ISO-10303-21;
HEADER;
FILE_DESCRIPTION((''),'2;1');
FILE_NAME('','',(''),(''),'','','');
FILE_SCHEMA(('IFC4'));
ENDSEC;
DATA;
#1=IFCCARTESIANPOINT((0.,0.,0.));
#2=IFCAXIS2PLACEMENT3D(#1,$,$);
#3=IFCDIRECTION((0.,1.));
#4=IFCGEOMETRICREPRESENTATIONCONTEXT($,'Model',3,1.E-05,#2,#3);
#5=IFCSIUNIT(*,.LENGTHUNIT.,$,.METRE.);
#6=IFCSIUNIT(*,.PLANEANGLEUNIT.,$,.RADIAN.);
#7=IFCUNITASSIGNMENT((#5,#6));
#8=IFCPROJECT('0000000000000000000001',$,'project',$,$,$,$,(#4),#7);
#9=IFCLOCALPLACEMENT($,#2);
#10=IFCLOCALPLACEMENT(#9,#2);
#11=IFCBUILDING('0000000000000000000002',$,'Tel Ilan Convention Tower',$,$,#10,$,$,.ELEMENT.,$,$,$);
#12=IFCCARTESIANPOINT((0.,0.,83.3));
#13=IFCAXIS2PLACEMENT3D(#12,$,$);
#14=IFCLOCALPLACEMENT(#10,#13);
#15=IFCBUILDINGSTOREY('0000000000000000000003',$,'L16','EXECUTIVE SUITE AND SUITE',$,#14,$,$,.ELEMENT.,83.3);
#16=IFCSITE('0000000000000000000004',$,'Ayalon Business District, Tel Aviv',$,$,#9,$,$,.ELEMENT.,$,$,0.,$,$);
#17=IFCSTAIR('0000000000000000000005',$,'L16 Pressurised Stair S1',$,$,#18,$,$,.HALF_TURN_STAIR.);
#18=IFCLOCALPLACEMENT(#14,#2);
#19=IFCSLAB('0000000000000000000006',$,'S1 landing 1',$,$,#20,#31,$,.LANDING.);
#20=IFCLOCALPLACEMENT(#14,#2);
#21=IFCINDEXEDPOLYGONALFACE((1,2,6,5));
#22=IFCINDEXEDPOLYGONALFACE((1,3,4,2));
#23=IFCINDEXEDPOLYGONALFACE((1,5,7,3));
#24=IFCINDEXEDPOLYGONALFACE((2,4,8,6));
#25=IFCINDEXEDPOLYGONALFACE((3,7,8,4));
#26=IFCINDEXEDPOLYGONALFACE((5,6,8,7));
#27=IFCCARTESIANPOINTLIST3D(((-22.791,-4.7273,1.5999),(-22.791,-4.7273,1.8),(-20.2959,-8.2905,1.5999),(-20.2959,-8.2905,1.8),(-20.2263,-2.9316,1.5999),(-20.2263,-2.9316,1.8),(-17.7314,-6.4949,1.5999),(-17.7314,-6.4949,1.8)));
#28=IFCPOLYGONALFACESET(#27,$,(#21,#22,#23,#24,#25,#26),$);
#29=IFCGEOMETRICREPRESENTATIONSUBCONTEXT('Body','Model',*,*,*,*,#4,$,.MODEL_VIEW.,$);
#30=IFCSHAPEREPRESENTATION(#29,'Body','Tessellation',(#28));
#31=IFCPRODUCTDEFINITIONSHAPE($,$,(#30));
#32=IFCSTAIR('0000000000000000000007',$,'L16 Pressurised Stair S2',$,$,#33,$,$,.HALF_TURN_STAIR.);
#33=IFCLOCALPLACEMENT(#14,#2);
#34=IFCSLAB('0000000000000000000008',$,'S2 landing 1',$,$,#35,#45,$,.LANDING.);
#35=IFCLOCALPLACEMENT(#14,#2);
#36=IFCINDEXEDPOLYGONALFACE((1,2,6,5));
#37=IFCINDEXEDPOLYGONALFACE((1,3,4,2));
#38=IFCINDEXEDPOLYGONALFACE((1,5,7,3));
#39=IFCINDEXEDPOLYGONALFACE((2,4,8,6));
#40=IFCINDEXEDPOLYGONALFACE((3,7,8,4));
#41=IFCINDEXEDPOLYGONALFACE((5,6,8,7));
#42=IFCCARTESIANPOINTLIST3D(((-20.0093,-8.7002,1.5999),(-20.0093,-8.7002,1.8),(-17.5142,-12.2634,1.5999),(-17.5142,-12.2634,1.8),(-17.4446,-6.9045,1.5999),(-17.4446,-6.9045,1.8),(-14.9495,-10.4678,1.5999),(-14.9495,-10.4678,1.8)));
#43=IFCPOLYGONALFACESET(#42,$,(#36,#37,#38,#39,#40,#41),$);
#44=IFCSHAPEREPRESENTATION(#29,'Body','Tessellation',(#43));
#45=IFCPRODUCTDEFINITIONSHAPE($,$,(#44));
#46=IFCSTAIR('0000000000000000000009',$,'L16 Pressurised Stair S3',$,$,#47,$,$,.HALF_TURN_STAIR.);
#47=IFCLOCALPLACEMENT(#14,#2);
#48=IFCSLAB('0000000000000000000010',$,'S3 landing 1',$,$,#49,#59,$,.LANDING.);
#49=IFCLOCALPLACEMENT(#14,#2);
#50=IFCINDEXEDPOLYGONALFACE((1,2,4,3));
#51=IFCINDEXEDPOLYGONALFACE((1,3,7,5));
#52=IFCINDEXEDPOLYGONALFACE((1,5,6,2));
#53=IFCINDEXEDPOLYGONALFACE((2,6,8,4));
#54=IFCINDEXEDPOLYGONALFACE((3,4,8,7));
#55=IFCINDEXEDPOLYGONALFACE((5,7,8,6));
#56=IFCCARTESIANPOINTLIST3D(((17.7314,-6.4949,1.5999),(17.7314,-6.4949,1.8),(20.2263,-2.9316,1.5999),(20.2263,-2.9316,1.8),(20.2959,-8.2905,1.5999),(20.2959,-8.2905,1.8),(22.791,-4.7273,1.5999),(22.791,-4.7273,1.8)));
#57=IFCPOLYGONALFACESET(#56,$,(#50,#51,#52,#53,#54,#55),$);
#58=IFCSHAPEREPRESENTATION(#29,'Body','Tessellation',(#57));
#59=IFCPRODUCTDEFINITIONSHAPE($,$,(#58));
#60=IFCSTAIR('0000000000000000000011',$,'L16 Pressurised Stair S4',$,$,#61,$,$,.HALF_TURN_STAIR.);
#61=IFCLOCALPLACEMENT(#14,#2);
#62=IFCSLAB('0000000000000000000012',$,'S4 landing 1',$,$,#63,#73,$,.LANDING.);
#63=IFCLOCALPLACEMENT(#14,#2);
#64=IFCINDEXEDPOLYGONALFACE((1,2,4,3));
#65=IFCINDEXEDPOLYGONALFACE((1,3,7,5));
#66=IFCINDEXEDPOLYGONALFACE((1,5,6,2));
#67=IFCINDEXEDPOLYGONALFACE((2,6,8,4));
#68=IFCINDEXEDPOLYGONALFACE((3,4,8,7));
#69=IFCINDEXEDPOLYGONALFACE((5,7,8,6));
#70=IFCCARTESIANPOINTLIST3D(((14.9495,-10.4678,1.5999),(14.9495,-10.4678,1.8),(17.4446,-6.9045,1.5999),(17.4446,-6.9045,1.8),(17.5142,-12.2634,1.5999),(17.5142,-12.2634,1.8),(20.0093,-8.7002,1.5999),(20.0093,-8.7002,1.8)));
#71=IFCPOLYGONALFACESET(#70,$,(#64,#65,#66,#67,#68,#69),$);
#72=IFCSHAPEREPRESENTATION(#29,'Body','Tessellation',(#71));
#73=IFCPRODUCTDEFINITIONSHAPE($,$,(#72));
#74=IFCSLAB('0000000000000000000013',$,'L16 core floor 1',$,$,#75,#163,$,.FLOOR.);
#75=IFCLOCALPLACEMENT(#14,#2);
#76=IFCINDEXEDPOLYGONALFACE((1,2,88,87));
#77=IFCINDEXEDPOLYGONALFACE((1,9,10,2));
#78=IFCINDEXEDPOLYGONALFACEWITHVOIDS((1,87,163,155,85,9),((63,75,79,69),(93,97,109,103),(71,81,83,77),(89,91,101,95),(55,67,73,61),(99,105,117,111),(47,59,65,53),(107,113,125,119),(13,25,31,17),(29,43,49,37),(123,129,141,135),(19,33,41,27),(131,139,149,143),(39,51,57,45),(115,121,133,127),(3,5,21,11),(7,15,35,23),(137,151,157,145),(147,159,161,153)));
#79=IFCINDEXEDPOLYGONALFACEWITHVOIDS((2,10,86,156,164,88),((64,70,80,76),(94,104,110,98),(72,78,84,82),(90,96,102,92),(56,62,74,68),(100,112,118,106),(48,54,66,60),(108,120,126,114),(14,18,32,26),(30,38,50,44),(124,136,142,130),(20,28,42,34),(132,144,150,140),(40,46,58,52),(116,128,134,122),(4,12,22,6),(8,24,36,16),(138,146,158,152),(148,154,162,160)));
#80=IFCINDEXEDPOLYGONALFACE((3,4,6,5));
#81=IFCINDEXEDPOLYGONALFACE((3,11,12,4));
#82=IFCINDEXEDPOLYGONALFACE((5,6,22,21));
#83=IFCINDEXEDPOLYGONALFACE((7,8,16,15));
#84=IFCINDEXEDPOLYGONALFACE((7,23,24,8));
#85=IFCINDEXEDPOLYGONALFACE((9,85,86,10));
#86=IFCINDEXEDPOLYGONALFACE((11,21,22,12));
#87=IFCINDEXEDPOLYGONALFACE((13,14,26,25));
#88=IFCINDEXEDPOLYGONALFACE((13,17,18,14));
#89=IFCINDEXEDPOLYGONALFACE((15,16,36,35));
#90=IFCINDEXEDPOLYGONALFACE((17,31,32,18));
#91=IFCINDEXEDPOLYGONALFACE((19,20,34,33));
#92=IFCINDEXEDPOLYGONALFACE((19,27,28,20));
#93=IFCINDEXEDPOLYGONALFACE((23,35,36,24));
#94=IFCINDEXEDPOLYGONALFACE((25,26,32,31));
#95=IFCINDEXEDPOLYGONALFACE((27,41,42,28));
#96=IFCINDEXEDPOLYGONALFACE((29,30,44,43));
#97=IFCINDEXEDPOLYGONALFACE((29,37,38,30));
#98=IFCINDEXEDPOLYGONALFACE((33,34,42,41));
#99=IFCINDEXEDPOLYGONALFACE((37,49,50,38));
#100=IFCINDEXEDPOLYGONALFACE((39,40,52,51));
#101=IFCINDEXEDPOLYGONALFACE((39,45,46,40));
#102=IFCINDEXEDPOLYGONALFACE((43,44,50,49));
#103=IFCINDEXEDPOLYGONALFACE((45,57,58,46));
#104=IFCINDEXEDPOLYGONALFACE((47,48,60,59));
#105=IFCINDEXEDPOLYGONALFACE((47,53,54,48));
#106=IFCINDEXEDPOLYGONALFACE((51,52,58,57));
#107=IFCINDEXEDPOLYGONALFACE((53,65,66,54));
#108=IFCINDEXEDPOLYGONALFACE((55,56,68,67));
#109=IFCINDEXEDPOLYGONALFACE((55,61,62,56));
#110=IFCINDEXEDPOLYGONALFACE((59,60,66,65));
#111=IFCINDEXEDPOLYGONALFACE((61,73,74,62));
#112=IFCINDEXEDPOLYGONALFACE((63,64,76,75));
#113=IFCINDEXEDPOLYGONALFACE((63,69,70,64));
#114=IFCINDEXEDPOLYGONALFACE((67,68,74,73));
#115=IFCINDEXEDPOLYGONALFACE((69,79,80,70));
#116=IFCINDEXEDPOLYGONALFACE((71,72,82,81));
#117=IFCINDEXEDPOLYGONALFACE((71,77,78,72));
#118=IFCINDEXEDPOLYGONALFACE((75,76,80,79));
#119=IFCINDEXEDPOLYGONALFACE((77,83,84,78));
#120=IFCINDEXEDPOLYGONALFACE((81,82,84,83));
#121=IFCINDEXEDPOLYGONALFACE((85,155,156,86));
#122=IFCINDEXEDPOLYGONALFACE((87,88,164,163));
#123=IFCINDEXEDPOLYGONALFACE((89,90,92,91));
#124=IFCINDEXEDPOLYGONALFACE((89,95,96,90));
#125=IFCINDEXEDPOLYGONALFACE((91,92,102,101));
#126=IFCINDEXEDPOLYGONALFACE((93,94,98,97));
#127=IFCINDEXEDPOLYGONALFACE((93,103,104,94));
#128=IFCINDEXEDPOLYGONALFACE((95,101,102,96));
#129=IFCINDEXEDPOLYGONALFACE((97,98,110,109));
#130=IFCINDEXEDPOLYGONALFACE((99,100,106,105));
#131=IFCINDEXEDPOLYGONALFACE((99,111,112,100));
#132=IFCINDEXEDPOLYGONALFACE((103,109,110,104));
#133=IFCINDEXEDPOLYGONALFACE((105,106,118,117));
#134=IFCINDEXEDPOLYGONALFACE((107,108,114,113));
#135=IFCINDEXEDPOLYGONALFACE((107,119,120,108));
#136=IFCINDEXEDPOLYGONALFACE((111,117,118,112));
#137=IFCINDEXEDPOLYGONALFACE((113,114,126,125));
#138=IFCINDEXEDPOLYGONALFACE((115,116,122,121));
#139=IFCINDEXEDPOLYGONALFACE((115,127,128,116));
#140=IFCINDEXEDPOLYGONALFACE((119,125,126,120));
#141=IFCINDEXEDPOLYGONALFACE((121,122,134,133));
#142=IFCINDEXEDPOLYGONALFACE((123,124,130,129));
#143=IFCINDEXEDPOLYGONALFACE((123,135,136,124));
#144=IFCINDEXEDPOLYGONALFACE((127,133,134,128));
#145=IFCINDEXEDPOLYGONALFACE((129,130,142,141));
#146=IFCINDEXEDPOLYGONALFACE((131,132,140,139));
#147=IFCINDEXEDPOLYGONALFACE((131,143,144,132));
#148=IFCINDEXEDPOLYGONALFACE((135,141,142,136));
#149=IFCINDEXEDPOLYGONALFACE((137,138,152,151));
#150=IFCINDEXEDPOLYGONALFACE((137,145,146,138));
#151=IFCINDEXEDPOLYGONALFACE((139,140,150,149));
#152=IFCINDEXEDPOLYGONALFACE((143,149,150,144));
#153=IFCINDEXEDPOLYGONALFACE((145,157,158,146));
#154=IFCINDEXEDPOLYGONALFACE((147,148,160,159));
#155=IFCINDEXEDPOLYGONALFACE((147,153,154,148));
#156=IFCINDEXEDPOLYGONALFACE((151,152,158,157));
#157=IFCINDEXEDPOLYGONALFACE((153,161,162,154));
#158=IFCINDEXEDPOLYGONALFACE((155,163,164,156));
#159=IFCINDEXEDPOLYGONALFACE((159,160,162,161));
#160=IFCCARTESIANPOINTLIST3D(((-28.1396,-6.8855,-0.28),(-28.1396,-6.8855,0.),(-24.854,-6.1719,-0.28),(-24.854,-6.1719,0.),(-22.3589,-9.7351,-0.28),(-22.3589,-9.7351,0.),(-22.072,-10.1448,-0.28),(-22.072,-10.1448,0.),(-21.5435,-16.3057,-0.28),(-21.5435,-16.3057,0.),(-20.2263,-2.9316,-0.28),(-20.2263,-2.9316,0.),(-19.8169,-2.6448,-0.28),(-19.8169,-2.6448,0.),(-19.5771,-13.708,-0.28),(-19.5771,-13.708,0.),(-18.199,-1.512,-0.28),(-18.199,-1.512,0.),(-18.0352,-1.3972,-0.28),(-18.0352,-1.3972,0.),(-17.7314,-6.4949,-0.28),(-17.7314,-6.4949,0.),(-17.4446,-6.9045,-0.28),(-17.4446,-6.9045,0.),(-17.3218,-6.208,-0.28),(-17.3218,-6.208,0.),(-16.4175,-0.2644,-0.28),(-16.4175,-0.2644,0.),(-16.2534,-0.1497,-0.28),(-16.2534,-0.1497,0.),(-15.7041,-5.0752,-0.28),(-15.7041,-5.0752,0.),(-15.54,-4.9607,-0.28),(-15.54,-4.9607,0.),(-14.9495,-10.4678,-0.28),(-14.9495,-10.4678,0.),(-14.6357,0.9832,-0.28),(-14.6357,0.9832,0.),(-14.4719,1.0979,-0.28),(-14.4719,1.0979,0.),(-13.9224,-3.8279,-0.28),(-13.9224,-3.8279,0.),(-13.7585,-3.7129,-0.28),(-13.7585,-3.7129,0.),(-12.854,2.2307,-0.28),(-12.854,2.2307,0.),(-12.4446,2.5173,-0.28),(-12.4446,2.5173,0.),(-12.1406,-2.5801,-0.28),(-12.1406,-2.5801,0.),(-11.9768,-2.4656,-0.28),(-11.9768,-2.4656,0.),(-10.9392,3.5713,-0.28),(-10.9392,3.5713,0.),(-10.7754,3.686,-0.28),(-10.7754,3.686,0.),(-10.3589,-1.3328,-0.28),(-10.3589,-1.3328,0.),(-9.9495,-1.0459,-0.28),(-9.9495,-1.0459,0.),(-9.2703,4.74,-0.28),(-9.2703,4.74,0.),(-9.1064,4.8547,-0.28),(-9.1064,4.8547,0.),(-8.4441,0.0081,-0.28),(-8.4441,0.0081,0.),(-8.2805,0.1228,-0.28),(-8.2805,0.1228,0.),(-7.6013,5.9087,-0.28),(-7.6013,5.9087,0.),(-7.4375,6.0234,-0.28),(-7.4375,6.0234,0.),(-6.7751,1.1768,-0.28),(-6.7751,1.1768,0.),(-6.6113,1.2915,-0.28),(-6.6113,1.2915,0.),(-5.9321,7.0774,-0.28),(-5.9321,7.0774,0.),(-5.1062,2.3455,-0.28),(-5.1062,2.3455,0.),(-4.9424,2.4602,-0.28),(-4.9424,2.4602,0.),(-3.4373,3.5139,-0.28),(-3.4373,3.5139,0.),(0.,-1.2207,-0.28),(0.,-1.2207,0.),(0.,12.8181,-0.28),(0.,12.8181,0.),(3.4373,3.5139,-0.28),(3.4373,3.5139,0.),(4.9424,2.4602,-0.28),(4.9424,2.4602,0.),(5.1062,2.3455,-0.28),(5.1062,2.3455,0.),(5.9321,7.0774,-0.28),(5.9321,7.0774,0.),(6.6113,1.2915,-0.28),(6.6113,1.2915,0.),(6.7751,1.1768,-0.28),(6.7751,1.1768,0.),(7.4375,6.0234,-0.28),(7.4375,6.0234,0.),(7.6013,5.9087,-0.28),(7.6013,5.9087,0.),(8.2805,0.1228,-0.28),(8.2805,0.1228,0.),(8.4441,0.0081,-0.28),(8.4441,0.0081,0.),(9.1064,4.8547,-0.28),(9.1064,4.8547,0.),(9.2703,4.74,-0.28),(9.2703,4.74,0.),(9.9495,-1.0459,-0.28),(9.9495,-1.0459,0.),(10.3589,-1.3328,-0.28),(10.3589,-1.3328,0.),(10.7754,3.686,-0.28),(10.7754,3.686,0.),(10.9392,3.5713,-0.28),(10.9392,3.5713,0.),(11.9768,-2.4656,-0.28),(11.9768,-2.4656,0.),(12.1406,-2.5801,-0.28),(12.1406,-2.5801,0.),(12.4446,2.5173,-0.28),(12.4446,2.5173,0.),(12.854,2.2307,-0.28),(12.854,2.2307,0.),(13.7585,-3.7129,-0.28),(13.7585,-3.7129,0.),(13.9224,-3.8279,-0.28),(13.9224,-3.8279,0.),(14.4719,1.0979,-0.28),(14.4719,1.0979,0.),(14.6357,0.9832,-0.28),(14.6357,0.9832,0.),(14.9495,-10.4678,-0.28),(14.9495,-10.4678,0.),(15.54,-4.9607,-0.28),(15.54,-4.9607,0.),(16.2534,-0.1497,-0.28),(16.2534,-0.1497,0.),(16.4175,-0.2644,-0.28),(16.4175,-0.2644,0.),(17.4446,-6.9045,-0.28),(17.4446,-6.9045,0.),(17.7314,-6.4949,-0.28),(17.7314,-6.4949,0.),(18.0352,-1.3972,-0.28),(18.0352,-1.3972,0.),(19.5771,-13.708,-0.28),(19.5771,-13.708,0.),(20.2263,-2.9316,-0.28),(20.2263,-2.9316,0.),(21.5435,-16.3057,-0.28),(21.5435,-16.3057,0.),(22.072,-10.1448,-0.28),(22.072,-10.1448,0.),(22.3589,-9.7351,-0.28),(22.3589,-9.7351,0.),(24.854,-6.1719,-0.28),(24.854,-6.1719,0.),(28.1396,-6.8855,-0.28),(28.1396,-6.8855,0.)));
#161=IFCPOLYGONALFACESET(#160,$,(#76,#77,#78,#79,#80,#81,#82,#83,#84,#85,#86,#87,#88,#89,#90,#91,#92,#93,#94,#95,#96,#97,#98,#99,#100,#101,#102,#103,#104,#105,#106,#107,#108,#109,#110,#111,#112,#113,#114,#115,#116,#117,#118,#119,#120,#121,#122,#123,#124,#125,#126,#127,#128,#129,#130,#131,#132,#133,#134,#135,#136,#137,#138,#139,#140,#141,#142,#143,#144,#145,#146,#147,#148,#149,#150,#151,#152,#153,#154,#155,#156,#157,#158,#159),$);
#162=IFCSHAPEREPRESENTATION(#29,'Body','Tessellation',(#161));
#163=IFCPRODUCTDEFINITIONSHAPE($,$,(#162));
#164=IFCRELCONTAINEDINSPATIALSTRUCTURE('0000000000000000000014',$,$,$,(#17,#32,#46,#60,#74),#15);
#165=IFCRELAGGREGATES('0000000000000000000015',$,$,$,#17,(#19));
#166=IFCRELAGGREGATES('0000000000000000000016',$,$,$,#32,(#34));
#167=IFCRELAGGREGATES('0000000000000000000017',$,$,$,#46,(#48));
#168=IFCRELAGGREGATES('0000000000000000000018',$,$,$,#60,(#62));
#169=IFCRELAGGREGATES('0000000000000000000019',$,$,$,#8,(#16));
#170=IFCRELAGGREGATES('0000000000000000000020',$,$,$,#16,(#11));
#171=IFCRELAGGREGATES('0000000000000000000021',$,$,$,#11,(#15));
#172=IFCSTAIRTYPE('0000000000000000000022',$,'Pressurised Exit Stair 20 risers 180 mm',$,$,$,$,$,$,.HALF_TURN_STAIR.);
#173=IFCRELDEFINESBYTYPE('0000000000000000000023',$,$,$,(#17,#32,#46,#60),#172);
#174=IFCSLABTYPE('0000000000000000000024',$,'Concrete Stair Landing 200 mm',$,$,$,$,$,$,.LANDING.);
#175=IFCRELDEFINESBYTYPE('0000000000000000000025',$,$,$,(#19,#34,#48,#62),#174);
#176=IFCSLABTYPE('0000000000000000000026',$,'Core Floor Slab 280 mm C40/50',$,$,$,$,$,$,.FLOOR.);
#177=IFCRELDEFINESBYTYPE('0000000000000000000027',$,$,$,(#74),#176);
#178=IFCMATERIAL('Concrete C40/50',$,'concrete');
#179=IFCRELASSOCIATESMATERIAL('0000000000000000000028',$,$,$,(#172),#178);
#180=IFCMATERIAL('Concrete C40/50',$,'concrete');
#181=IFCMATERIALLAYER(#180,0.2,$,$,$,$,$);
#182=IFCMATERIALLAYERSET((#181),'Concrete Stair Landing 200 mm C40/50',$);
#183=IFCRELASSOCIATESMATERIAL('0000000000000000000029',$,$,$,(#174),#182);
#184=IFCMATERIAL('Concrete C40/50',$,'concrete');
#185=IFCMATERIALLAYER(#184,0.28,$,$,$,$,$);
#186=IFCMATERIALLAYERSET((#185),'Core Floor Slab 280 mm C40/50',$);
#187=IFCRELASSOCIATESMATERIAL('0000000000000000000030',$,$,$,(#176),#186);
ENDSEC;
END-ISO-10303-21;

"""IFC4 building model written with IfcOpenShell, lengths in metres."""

from ifc_helpers import new_model, si_unit, direction, frame, origin, place, context, subcontext, project, spatial, polyline, outline, extrude, material, layer, layer_set, type_object, element, aggregate, save


model = new_model("IFC4")

# Units and contexts
model_context = context("Model", 3, precision=1e-05, world=origin(), true_north=direction((0.0, 1.0)))
body_context = subcontext(model_context, "Body", "Model", "MODEL_VIEW")
ifc_project = project(units=[si_unit("LENGTHUNIT", "METRE"), si_unit("PLANEANGLEUNIT", "RADIAN")], contexts=[model_context])

# Site, building, storey
site_placement = place(None, origin())
site = spatial("IfcSite", under=ifc_project, at=site_placement, Name="Ayalon Business District, Tel Aviv", CompositionType="ELEMENT", RefElevation=0.0)
building_placement = place(site_placement, origin())
building = spatial("IfcBuilding", under=site, at=building_placement, Name="Tel Ilan Convention Tower", CompositionType="ELEMENT")
storey_placement = place(building_placement, frame((0.0, 0.0, 83.3)))
storey = spatial("IfcBuildingStorey", under=building, at=storey_placement, Name="L16", Description="EXECUTIVE SUITE AND SUITE", CompositionType="ELEMENT", Elevation=83.3)

# Stairs, slabs
ifc_material_1 = material(Name="Concrete C40/50", Category="concrete")
stair_type = type_object("IfcStairType", Name="Pressurised Exit Stair 20 risers 180 mm", PredefinedType="HALF_TURN_STAIR", material=ifc_material_1)
stair_1_placement = place(storey_placement, origin())
stair_1 = element("IfcStair", 1, at=stair_1_placement, inside=storey, type_object=stair_type, Name="L16 Pressurised Stair S1", PredefinedType="HALF_TURN_STAIR")
ifc_material_2 = material(Name="Concrete C40/50", Category="concrete")
ifc_layer_1 = layer(ifc_material_2, 0.2)
ifc_layer_set_1 = layer_set([ifc_layer_1], Name="Concrete Stair Landing 200 mm C40/50")
slab_type_1 = type_object("IfcSlabType", Name="Concrete Stair Landing 200 mm", PredefinedType="LANDING", material=ifc_layer_set_1)
slab_1_placement = place(storey_placement, frame((0.0, 0.0, 1.5999)))
slab_1 = element("IfcSlab", 2, at=slab_1_placement, type_object=slab_type_1, Name="S1 landing 1", PredefinedType="LANDING", context=body_context, shape_type="SweptSolid", body=[
    extrude(outline(polyline([(-20.2959, -8.2905), (-17.7314, -6.4949), (-20.2263, -2.9316), (-22.791, -4.7273), (-20.2959, -8.2905)])), origin(), (0.0, 0.0, 1.0), 0.2002),
])
aggregate(stair_1, [slab_1])
stair_2_placement = place(storey_placement, origin())
stair_2 = element("IfcStair", 3, at=stair_2_placement, inside=storey, type_object=stair_type, Name="L16 Pressurised Stair S2", PredefinedType="HALF_TURN_STAIR")
slab_2_placement = place(storey_placement, frame((0.0, 0.0, 1.5999)))
slab_2 = element("IfcSlab", 4, at=slab_2_placement, type_object=slab_type_1, Name="S2 landing 1", PredefinedType="LANDING", context=body_context, shape_type="SweptSolid", body=[
    extrude(outline(polyline([(-17.5142, -12.2634), (-14.9495, -10.4678), (-17.4446, -6.9045), (-20.0093, -8.7002), (-17.5142, -12.2634)])), origin(), (0.0, 0.0, 1.0), 0.2002),
])
aggregate(stair_2, [slab_2])
stair_3_placement = place(storey_placement, origin())
stair_3 = element("IfcStair", 5, at=stair_3_placement, inside=storey, type_object=stair_type, Name="L16 Pressurised Stair S3", PredefinedType="HALF_TURN_STAIR")
slab_3_placement = place(storey_placement, frame((0.0, 0.0, 1.5999)))
slab_3 = element("IfcSlab", 6, at=slab_3_placement, type_object=slab_type_1, Name="S3 landing 1", PredefinedType="LANDING", context=body_context, shape_type="SweptSolid", body=[
    extrude(outline(polyline([(22.791, -4.7273), (20.2263, -2.9316), (17.7314, -6.4949), (20.2959, -8.2905), (22.791, -4.7273)])), origin(), (0.0, 0.0, 1.0), 0.2002),
])
aggregate(stair_3, [slab_3])
stair_4_placement = place(storey_placement, origin())
stair_4 = element("IfcStair", 7, at=stair_4_placement, inside=storey, type_object=stair_type, Name="L16 Pressurised Stair S4", PredefinedType="HALF_TURN_STAIR")
slab_4_placement = place(storey_placement, frame((0.0, 0.0, 1.5999)))
slab_4 = element("IfcSlab", 8, at=slab_4_placement, type_object=slab_type_1, Name="S4 landing 1", PredefinedType="LANDING", context=body_context, shape_type="SweptSolid", body=[
    extrude(outline(polyline([(20.0093, -8.7002), (17.4446, -6.9045), (14.9495, -10.4678), (17.5142, -12.2634), (20.0093, -8.7002)])), origin(), (0.0, 0.0, 1.0), 0.2002),
])
aggregate(stair_4, [slab_4])

# Slab
ifc_material_3 = material(Name="Concrete C40/50", Category="concrete")
ifc_layer_2 = layer(ifc_material_3, 0.28)
ifc_layer_set_2 = layer_set([ifc_layer_2], Name="Core Floor Slab 280 mm C40/50")
slab_type_2 = type_object("IfcSlabType", Name="Core Floor Slab 280 mm C40/50", PredefinedType="FLOOR", material=ifc_layer_set_2)
slab_5_placement = place(storey_placement, frame((0.0, 0.0, -0.28)))
element("IfcSlab", 9, at=slab_5_placement, inside=storey, type_object=slab_type_2, Name="L16 core floor 1", PredefinedType="FLOOR", context=body_context, shape_type="SweptSolid", body=[
    extrude(outline(polyline([(-28.1396, -6.8855), (0.0, 12.8181), (28.1396, -6.8855), (21.5435, -16.3057), (0.0, -1.2207), (-21.5435, -16.3057), (-28.1396, -6.8855)]), holes=[polyline([(-14.9495, -10.4678), (-17.4446, -6.9045), (-22.072, -10.1448), (-19.5771, -13.708), (-14.9495, -10.4678)]), polyline([(-17.7314, -6.4949), (-20.2263, -2.9316), (-24.854, -6.1719), (-22.3589, -9.7351), (-17.7314, -6.4949)]), polyline([(-18.199, -1.512), (-19.8169, -2.6448), (-17.3218, -6.208), (-15.7041, -5.0752), (-18.199, -1.512)]), polyline([(-16.4175, -0.2644), (-18.0352, -1.3972), (-15.54, -4.9607), (-13.9224, -3.8279), (-16.4175, -0.2644)]), polyline([(-14.6357, 0.9832), (-16.2534, -0.1497), (-13.7585, -3.7129), (-12.1406, -2.5801), (-14.6357, 0.9832)]), polyline([(-12.854, 2.2307), (-14.4719, 1.0979), (-11.9768, -2.4656), (-10.3589, -1.3328), (-12.854, 2.2307)]), polyline([(-10.9392, 3.5713), (-12.4446, 2.5173), (-9.9495, -1.0459), (-8.4441, 0.0081), (-10.9392, 3.5713)]), polyline([(-6.7751, 1.1768), (-9.2703, 4.74), (-10.7754, 3.686), (-8.2805, 0.1228), (-6.7751, 1.1768)]), polyline([(-5.1062, 2.3455), (-7.6013, 5.9087), (-9.1064, 4.8547), (-6.6113, 1.2915), (-5.1062, 2.3455)]), polyline([(-5.9321, 7.0774), (-7.4375, 6.0234), (-4.9424, 2.4602), (-3.4373, 3.5139), (-5.9321, 7.0774)]), polyline([(17.4446, -6.9045), (14.9495, -10.4678), (19.5771, -13.708), (22.072, -10.1448), (17.4446, -6.9045)]), polyline([(20.2263, -2.9316), (17.7314, -6.4949), (22.3589, -9.7351), (24.854, -6.1719), (20.2263, -2.9316)]), polyline([(13.9224, -3.8279), (15.54, -4.9607), (18.0352, -1.3972), (16.4175, -0.2644), (13.9224, -3.8279)]), polyline([(12.1406, -2.5801), (13.7585, -3.7129), (16.2534, -0.1497), (14.6357, 0.9832), (12.1406, -2.5801)]), polyline([(11.9768, -2.4656), (14.4719, 1.0979), (12.854, 2.2307), (10.3589, -1.3328), (11.9768, -2.4656)]), polyline([(9.9495, -1.0459), (12.4446, 2.5173), (10.9392, 3.5713), (8.4441, 0.0081), (9.9495, -1.0459)]), polyline([(8.2805, 0.1228), (10.7754, 3.686), (9.2703, 4.74), (6.7751, 1.1768), (8.2805, 0.1228)]), polyline([(5.1062, 2.3455), (6.6113, 1.2915), (9.1064, 4.8547), (7.6013, 5.9087), (5.1062, 2.3455)]), polyline([(3.4373, 3.5139), (4.9424, 2.4602), (7.4375, 6.0234), (5.9321, 7.0774), (3.4373, 3.5139)])]), origin(), (0.0, 0.0, 1.0), 0.28),
])

save(model, "model.ifc")
